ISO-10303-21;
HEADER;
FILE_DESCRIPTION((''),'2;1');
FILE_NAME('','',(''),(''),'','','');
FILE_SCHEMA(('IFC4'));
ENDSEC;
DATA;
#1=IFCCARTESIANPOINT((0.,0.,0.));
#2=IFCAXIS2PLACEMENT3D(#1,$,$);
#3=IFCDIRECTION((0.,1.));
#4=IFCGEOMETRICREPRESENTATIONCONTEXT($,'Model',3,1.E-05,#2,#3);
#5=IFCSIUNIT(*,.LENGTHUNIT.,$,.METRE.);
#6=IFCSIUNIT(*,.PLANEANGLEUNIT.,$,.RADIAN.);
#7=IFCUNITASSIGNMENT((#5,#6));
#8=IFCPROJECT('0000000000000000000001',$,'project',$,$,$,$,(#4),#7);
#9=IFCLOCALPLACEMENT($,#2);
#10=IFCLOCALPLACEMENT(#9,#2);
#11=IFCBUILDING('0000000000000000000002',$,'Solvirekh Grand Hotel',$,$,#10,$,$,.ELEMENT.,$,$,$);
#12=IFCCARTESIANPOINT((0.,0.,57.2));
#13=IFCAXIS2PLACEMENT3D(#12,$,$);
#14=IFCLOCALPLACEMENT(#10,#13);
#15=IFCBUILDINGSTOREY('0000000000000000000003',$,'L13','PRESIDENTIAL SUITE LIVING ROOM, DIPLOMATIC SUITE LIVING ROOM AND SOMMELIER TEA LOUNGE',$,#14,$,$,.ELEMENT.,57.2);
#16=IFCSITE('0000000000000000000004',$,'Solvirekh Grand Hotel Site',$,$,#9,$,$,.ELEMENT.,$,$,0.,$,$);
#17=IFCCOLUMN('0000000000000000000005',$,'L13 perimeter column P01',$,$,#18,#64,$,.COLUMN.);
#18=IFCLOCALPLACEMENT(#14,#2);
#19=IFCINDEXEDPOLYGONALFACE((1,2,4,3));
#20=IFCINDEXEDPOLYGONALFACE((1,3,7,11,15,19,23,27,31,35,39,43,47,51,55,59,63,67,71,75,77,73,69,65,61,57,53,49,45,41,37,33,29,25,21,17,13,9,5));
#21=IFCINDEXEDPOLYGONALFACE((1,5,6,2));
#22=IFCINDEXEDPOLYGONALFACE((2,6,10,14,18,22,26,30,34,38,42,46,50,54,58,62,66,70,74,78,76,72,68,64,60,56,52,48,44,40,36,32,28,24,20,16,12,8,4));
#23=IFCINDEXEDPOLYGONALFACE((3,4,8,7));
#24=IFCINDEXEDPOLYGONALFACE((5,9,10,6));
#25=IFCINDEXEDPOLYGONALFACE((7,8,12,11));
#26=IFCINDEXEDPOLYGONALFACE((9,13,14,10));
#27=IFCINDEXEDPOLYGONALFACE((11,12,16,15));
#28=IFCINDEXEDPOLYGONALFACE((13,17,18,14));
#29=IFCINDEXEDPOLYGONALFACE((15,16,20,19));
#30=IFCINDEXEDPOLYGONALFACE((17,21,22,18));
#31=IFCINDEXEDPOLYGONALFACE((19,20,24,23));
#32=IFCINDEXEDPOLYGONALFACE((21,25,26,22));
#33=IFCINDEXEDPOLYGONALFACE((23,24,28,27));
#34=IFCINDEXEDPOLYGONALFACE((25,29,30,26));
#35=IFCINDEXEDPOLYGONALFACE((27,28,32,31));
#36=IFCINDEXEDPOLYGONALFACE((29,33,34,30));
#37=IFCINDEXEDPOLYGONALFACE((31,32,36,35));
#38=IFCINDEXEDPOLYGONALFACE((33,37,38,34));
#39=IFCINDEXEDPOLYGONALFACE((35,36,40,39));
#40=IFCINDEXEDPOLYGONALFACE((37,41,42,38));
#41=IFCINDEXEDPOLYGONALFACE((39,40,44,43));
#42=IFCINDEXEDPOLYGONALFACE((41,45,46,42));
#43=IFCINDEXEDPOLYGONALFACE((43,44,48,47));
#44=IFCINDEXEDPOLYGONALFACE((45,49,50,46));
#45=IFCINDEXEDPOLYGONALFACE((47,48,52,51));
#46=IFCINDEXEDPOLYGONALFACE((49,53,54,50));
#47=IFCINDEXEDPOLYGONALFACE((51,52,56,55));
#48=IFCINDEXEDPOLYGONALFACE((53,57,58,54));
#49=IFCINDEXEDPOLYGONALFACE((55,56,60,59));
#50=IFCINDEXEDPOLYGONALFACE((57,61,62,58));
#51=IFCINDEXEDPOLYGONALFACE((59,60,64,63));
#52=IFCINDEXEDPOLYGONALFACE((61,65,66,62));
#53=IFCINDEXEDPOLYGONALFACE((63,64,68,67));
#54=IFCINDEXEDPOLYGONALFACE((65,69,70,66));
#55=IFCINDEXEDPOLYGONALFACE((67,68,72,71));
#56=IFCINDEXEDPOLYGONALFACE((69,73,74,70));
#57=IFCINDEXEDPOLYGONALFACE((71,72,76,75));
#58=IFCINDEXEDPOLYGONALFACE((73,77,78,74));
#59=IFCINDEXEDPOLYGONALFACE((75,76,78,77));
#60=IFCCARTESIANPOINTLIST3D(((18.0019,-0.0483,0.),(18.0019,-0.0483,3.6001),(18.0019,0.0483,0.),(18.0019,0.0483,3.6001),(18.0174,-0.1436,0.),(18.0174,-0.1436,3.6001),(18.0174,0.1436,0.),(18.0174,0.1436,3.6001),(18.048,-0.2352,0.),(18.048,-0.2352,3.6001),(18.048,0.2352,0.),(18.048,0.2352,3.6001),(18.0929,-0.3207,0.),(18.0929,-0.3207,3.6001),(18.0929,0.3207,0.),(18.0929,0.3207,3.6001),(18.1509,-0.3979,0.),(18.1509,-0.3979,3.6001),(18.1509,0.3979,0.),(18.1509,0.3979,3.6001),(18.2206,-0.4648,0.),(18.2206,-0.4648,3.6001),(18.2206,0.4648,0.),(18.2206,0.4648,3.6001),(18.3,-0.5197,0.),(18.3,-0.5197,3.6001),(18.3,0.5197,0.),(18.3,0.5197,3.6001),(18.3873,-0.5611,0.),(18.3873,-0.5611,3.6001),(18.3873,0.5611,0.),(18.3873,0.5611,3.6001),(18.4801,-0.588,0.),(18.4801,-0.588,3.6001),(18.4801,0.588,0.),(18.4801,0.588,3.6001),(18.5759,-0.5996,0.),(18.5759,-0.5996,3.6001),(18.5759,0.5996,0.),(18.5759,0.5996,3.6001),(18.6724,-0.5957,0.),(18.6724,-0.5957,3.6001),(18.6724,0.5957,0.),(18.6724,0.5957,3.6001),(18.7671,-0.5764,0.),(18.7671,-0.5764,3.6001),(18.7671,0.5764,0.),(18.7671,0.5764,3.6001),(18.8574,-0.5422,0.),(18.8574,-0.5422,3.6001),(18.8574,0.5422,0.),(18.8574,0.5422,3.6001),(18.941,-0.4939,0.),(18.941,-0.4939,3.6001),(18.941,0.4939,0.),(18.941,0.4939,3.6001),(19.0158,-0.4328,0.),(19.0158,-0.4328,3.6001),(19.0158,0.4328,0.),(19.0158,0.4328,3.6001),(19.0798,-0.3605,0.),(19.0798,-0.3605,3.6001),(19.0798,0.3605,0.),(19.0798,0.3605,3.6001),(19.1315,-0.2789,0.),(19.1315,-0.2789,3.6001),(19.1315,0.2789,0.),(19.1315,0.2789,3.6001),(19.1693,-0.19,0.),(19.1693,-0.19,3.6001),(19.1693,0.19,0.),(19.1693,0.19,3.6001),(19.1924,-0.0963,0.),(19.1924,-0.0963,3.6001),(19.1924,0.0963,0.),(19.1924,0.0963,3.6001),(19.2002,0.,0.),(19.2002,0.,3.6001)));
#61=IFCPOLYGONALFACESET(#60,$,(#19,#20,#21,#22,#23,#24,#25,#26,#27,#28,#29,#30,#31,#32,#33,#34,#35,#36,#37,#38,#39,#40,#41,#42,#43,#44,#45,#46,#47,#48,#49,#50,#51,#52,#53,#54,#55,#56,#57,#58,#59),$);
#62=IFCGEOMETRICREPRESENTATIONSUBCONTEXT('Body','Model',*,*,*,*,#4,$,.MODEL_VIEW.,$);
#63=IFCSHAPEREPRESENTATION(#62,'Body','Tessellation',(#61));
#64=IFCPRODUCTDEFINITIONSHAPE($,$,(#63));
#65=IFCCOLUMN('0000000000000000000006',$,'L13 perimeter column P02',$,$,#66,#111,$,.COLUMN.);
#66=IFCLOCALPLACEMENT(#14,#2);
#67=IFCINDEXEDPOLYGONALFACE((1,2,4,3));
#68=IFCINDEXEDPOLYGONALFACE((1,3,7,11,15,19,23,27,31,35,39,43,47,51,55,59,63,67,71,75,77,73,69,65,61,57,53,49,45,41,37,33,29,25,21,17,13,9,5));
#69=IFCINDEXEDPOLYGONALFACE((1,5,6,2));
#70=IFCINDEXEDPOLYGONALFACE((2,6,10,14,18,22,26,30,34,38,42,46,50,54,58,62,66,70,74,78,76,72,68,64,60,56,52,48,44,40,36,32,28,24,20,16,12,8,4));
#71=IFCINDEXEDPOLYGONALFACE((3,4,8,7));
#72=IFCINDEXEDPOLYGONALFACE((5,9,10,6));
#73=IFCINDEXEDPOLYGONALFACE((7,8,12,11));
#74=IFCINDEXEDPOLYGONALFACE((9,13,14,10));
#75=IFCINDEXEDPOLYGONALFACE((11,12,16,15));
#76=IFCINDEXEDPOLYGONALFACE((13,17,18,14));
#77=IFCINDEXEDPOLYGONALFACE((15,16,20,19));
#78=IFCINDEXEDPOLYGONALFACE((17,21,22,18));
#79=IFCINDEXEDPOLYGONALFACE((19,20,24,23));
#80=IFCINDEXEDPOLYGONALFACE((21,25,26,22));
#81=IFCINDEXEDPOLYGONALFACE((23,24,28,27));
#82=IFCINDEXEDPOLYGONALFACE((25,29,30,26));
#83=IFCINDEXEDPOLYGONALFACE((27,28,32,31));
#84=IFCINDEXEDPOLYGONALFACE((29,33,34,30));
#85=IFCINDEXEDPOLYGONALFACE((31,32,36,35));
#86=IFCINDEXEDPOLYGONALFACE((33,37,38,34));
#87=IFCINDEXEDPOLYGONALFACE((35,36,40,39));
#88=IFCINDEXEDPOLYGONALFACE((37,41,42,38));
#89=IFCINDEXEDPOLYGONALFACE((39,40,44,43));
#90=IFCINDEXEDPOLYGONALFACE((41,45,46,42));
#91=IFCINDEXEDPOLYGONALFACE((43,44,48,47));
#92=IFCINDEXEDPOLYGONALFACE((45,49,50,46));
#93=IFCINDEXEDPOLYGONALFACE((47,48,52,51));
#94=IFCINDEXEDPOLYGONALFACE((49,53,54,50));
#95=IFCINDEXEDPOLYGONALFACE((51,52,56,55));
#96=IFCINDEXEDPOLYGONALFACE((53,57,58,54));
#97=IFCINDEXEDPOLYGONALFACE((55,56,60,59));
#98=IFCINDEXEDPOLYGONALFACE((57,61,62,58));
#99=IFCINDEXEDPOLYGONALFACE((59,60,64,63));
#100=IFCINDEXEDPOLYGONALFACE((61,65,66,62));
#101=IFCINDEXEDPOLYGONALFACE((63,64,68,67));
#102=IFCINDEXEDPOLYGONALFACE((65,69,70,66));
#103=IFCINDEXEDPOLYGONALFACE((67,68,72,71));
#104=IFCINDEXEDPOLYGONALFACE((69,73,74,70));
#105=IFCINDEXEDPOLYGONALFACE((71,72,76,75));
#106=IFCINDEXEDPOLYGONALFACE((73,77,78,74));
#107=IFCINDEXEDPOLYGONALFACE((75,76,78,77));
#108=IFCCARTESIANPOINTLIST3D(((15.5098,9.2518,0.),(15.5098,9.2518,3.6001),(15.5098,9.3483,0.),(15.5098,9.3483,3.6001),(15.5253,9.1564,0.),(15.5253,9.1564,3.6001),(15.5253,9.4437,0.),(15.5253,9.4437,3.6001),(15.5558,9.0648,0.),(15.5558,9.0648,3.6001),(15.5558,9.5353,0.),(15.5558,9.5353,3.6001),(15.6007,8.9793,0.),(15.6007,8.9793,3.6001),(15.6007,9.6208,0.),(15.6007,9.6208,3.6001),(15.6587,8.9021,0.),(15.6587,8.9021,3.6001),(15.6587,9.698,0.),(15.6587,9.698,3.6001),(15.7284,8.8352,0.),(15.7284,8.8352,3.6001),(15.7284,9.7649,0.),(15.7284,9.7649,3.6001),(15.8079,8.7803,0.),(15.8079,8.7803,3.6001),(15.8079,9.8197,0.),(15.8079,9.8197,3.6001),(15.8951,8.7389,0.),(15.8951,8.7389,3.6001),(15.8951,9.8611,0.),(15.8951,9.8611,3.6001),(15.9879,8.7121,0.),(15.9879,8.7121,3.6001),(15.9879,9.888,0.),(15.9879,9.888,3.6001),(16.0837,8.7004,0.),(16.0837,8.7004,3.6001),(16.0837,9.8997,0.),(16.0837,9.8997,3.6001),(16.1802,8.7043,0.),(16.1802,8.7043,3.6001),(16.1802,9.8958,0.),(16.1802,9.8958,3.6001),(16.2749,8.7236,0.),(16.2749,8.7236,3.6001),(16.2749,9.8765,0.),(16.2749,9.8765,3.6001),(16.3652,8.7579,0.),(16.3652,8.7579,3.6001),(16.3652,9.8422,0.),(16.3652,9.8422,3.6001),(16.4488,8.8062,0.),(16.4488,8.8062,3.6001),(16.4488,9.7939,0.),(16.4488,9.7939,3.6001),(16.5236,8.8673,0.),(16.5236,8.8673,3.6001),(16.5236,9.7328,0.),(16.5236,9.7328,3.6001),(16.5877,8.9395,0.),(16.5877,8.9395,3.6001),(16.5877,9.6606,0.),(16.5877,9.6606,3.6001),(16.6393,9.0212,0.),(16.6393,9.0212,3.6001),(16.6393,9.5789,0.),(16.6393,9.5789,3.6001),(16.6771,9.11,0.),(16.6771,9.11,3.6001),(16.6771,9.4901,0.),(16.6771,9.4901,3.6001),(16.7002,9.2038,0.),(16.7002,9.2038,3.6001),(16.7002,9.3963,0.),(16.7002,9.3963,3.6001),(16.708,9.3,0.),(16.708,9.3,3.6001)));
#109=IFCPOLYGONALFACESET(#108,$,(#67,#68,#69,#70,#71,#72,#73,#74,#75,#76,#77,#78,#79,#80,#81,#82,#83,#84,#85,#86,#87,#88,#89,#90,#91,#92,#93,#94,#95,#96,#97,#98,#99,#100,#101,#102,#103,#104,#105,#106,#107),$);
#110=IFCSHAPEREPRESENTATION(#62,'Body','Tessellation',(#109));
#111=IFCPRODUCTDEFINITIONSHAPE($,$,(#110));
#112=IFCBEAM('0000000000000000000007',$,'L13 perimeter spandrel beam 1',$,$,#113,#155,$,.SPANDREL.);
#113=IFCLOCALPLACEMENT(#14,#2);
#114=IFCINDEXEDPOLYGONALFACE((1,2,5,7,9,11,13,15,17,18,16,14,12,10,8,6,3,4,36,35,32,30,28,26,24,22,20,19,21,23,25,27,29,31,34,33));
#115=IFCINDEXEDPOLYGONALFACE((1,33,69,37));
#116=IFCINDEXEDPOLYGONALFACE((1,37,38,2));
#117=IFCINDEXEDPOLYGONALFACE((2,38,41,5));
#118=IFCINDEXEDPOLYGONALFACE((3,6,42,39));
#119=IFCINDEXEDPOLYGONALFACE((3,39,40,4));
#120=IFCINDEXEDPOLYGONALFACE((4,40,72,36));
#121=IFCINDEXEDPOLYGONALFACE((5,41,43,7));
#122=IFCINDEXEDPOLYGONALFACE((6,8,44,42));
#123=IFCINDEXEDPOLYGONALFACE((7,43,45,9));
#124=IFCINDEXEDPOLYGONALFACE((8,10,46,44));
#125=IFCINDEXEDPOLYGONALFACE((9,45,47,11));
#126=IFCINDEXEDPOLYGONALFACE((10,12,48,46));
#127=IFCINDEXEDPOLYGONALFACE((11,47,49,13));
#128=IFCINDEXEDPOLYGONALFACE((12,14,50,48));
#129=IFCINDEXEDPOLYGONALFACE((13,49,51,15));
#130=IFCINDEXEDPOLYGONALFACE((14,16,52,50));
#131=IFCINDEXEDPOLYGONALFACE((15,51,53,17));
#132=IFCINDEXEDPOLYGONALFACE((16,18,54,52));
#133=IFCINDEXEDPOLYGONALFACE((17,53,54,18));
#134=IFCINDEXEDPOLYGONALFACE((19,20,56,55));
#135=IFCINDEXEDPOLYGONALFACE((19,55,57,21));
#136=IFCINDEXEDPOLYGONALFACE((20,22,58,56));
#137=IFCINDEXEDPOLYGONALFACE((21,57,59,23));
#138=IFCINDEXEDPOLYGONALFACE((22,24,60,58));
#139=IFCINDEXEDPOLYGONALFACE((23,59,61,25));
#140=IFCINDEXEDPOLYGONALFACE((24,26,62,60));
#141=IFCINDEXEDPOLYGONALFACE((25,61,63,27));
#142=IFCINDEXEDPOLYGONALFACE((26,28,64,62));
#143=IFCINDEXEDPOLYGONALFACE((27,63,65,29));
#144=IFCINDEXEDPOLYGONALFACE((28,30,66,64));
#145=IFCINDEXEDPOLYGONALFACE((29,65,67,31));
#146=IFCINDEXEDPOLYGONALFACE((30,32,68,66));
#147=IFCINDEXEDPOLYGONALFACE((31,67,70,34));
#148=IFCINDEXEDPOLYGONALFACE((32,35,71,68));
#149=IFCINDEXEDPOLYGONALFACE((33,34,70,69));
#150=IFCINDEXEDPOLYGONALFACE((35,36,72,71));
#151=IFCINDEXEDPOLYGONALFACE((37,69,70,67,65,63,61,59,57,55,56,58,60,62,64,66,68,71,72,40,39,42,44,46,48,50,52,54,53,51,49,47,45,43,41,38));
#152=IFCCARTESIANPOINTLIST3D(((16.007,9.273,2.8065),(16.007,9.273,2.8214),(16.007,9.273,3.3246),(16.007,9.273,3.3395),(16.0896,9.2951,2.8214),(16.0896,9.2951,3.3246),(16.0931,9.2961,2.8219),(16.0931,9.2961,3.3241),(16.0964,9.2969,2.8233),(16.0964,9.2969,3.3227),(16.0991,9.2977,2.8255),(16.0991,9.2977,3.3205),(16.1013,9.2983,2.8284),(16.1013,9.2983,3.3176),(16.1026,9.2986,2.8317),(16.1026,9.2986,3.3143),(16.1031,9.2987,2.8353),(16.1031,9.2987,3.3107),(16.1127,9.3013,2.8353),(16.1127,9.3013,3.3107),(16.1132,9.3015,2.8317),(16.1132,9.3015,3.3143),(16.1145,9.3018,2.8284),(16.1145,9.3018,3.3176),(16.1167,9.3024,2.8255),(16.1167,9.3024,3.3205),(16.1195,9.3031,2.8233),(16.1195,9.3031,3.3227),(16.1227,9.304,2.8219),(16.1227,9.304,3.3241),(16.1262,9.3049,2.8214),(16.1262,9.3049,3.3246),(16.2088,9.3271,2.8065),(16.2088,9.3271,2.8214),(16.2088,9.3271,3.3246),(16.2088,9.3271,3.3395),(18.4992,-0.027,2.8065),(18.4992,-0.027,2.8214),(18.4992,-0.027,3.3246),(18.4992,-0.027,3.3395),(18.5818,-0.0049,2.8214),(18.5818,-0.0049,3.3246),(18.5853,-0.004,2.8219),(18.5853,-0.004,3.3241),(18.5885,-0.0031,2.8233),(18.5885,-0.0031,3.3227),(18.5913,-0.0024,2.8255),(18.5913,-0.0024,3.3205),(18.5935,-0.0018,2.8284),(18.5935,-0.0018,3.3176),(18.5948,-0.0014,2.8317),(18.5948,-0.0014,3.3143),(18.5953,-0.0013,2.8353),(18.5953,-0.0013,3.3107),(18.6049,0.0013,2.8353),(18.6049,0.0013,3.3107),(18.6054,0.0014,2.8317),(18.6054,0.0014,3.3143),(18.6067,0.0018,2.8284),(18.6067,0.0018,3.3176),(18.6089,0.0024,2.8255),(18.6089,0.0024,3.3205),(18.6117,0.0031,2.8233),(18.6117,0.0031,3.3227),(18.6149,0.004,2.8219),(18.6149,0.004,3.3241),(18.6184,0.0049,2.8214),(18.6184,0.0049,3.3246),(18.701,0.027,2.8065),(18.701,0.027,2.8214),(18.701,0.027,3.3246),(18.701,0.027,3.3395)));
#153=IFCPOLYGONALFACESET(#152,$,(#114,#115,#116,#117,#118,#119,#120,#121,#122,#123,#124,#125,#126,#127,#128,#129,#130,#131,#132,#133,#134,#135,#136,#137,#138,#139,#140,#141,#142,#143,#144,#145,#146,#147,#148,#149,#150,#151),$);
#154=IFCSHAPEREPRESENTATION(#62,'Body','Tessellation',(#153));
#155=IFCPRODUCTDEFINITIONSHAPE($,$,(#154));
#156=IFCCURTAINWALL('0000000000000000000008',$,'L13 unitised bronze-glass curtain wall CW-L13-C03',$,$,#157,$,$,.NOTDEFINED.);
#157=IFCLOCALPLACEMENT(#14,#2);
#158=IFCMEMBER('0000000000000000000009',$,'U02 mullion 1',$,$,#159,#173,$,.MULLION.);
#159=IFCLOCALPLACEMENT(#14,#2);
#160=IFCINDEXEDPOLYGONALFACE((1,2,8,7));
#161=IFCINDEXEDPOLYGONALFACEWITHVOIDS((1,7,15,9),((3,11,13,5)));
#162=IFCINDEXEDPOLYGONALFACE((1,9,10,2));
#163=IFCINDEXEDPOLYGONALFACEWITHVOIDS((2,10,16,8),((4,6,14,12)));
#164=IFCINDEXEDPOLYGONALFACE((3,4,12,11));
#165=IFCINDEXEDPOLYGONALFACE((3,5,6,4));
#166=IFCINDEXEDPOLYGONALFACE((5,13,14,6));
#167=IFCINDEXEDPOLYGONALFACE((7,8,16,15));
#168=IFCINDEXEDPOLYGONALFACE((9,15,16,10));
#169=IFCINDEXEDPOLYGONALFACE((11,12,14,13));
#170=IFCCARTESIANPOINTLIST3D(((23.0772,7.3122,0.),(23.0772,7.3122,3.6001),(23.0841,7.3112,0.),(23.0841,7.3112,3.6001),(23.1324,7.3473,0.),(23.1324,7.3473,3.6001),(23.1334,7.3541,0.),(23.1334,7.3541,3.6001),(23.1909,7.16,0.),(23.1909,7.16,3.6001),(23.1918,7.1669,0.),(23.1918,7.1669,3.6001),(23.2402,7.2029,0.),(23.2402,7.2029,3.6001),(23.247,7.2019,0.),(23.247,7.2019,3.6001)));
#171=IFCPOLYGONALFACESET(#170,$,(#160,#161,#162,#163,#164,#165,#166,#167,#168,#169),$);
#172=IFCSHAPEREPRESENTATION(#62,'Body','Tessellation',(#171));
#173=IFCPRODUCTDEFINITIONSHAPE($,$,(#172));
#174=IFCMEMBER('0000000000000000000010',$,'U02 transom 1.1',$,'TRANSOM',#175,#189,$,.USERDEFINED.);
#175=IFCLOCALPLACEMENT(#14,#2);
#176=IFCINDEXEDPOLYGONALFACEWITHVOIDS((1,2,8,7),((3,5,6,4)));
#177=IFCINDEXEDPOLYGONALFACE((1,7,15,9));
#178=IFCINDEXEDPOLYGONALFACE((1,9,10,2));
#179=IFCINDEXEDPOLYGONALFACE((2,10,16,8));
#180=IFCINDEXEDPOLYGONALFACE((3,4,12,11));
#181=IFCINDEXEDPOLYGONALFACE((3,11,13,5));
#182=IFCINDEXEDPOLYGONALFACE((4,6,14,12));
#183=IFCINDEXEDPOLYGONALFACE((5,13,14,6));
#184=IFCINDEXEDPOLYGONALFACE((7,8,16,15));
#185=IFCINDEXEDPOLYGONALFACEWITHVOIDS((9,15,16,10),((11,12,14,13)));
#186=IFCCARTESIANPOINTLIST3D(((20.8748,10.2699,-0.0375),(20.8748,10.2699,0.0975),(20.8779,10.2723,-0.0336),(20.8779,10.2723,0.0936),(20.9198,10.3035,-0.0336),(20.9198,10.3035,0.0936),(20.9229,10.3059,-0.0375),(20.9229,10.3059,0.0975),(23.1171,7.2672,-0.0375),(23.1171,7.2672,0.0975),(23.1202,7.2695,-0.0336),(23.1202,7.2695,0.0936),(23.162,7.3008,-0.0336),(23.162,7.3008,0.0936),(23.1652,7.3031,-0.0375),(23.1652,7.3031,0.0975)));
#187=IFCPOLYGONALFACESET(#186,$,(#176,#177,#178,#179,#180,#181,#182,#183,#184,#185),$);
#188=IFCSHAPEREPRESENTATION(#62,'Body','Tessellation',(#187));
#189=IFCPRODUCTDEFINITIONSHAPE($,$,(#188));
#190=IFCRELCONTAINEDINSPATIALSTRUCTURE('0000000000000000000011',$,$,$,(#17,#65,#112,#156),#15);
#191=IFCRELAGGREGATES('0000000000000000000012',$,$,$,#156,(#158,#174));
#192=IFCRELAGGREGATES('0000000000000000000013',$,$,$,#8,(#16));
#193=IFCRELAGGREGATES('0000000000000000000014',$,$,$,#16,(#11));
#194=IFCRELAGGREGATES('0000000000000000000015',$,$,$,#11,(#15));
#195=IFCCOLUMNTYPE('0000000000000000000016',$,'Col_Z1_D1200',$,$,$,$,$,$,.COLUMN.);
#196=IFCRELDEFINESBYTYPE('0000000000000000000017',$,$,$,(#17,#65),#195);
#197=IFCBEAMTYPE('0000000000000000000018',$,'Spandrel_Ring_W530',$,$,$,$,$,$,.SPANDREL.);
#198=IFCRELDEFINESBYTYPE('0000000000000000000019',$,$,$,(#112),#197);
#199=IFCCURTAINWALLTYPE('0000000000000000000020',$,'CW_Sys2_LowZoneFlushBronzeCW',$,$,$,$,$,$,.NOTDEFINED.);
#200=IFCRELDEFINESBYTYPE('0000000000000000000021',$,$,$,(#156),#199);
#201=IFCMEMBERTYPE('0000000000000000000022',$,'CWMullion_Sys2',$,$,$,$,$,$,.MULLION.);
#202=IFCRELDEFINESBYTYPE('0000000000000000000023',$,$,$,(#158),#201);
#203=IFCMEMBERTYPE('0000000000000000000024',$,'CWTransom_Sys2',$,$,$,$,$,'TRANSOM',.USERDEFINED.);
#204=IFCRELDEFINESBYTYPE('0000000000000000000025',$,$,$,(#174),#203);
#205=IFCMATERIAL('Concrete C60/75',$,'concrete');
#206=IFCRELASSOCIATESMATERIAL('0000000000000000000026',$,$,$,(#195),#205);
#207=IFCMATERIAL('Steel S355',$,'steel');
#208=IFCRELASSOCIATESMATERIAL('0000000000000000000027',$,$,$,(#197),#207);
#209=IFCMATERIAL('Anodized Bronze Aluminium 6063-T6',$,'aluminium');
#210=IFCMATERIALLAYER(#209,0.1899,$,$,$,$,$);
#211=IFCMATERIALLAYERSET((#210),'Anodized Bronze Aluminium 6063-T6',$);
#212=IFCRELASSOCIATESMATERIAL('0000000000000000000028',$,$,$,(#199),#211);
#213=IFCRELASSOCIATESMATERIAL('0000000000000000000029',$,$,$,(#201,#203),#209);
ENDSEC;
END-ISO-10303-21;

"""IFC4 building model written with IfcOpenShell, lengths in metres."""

from ifc_helpers import new_model, si_unit, direction, frame, origin, origin_2d, place, context, subcontext, project, spatial, hollow_rectangle, circle, i_section, extrude, source, transform, mapped, material, layer, layer_set, material_profile, profile_set, type_object, element, aggregate, save


model = new_model("IFC4")

# Units and contexts
model_context = context("Model", 3, precision=1e-05, world=origin(), true_north=direction((0.0, 1.0)))
body_context = subcontext(model_context, "Body", "Model", "MODEL_VIEW")
ifc_project = project(units=[si_unit("LENGTHUNIT", "METRE"), si_unit("PLANEANGLEUNIT", "RADIAN")], contexts=[model_context])

# Site, building, storey
site_placement = place(None, origin())
site = spatial("IfcSite", under=ifc_project, at=site_placement, Name="Solvirekh Grand Hotel Site", CompositionType="ELEMENT", RefElevation=0.0)
building_placement = place(site_placement, origin())
building = spatial("IfcBuilding", under=site, at=building_placement, Name="Solvirekh Grand Hotel", CompositionType="ELEMENT")
storey_placement = place(building_placement, frame((0.0, 0.0, 57.2)))
storey = spatial("IfcBuildingStorey", under=building, at=storey_placement, Name="L13", Description="PRESIDENTIAL SUITE LIVING ROOM, DIPLOMATIC SUITE LIVING ROOM AND SOMMELIER TEA LOUNGE", CompositionType="ELEMENT", Elevation=57.2)

# Columns
ifc_material_1 = material(Name="Concrete C60/75", Category="concrete")
ifc_material_profile_1 = material_profile(ifc_material_1, circle(Radius=0.6001, at=origin_2d()), Name="RC CIRC D1200")
ifc_profile_set_1 = profile_set([ifc_material_profile_1], Name="Concrete C60/75")
column_type = type_object("IfcColumnType", Name="Col_Z1_D1200", PredefinedType="COLUMN", material=ifc_profile_set_1)
for number, where, z_axis, x_axis, name in (
    (1, (18.6001, 0.0, 0.0), (0.0, 0.0, 1.0), (1.0, 0.0, 0.0), "L13 perimeter column P01"),
    (2, (16.1079, 9.3, 0.0), (0.0, 0.0, 1.0), (1.0, 0.0, 0.0), "L13 perimeter column P02"),
):
    element("IfcColumn", number, at=place(storey_placement, frame(where, z_axis=z_axis, x_axis=x_axis)), inside=storey, type_object=column_type, Name=name, PredefinedType="COLUMN", context=body_context, shape_type="SweptSolid", body=[
        extrude(circle(Radius=0.6001, at=origin_2d()), origin(), (0.0, 0.0, 1.0), 3.6001),
    ])

# Beam
ifc_material_2 = material(Name="Steel S355", Category="steel")
ifc_material_profile_2 = material_profile(ifc_material_2, i_section(OverallWidth=0.209, OverallDepth=0.533, WebThickness=0.01, FlangeThickness=0.0149, FilletRadius=0.0139, at=origin_2d()), Name="W530X92")
ifc_profile_set_2 = profile_set([ifc_material_profile_2], Name="Steel S355")
beam_type = type_object("IfcBeamType", Name="Spandrel_Ring_W530", PredefinedType="SPANDREL", material=ifc_profile_set_2)
beam_placement = place(storey_placement, frame((18.6001, 0.0, 3.073), z_axis=(-0.258843, 0.965919, 0.0), x_axis=(-0.965919, -0.258843, 0.0)))
element("IfcBeam", 3, at=beam_placement, inside=storey, type_object=beam_type, Name="L13 perimeter spandrel beam 1", PredefinedType="SPANDREL", context=body_context, shape_type="SweptSolid", body=[
    extrude(i_section(OverallWidth=0.209, OverallDepth=0.533, WebThickness=0.01, FlangeThickness=0.0149, FilletRadius=0.0139, at=origin_2d()), origin(), (0.0, 0.0, 1.0), 9.6282),
])

# Curtain wall, members
ifc_material_3 = material(Name="Anodized Bronze Aluminium 6063-T6", Category="aluminium")
ifc_layer_1 = layer(ifc_material_3, 0.1899)
ifc_layer_set_1 = layer_set([ifc_layer_1], Name="Anodized Bronze Aluminium 6063-T6")
curtain_wall_type = type_object("IfcCurtainWallType", Name="CW_Sys2_LowZoneFlushBronzeCW", PredefinedType="NOTDEFINED", material=ifc_layer_set_1)
curtain_wall_placement = place(storey_placement, origin())
curtain_wall = element("IfcCurtainWall", 4, at=curtain_wall_placement, inside=storey, type_object=curtain_wall_type, Name="L13 unitised bronze-glass curtain wall CW-L13-C03", PredefinedType="NOTDEFINED")
ifc_material_profile_3 = material_profile(ifc_material_3, hollow_rectangle(XDim=0.0701, YDim=0.1899, WallThickness=0.0049, at=origin_2d()), Name="ALU RHS 190X70X5")
ifc_profile_set_3 = profile_set([ifc_material_profile_3], Name="Anodized Bronze Aluminium 6063-T6")
member_type_1 = type_object("IfcMemberType", Name="CWMullion_Sys2", PredefinedType="MULLION", material=ifc_profile_set_3)
shared_shape_1 = source(origin(), body_context, "Body", "SweptSolid", [
    extrude(hollow_rectangle(XDim=0.0701, YDim=0.1899, WallThickness=0.0049, at=origin_2d()), origin(), (0.0, 0.0, 1.0), 3.6001),
])
member_1_placement = place(storey_placement, frame((23.1621, 7.2571, 0.0), z_axis=(0.0, 0.0, 1.0), x_axis=(-0.801275, -0.598296, 0.0)))
member_1 = element("IfcMember", 5, at=member_1_placement, type_object=member_type_1, Name="U02 mullion 1", PredefinedType="MULLION", context=body_context, shape_type="MappedRepresentation", body=[
    mapped(shared_shape_1, transform((0.0, 0.0, 0.0), x_axis=(1.0, 0.0, 0.0), y_axis=(0.0, 1.0, 0.0), z_axis=(0.0, 0.0, 1.0), scale=1.0)),
])
ifc_material_profile_4 = material_profile(ifc_material_3, hollow_rectangle(XDim=0.0601, YDim=0.135, WallThickness=0.0039, at=origin_2d()), Name="ALU RHS 135X60X4")
ifc_profile_set_4 = profile_set([ifc_material_profile_4], Name="Anodized Bronze Aluminium 6063-T6")
member_type_2 = type_object("IfcMemberType", Name="CWTransom_Sys2", ElementType="TRANSOM", PredefinedType="USERDEFINED", material=ifc_profile_set_4)
shared_shape_2 = source(origin(), body_context, "Body", "SweptSolid", [
    extrude(hollow_rectangle(XDim=0.0601, YDim=0.135, WallThickness=0.0039, at=origin_2d()), origin(), (0.0, 0.0, 1.0), 3.7476),
])
member_2_placement = place(storey_placement, frame((23.1411, 7.2852, 0.03), z_axis=(-0.59832, 0.801257, 0.0), x_axis=(-0.801257, -0.59832, 0.0)))
member_2 = element("IfcMember", 6, at=member_2_placement, type_object=member_type_2, Name="U02 transom 1.1", ObjectType="TRANSOM", PredefinedType="USERDEFINED", context=body_context, shape_type="MappedRepresentation", body=[
    mapped(shared_shape_2, transform((0.0, 0.0, 0.0), x_axis=(1.0, 0.0, 0.0), y_axis=(0.0, 1.0, 0.0), z_axis=(0.0, 0.0, 1.0), scale=1.0)),
])
aggregate(curtain_wall, [member_1, member_2])

save(model, "model.ifc")
